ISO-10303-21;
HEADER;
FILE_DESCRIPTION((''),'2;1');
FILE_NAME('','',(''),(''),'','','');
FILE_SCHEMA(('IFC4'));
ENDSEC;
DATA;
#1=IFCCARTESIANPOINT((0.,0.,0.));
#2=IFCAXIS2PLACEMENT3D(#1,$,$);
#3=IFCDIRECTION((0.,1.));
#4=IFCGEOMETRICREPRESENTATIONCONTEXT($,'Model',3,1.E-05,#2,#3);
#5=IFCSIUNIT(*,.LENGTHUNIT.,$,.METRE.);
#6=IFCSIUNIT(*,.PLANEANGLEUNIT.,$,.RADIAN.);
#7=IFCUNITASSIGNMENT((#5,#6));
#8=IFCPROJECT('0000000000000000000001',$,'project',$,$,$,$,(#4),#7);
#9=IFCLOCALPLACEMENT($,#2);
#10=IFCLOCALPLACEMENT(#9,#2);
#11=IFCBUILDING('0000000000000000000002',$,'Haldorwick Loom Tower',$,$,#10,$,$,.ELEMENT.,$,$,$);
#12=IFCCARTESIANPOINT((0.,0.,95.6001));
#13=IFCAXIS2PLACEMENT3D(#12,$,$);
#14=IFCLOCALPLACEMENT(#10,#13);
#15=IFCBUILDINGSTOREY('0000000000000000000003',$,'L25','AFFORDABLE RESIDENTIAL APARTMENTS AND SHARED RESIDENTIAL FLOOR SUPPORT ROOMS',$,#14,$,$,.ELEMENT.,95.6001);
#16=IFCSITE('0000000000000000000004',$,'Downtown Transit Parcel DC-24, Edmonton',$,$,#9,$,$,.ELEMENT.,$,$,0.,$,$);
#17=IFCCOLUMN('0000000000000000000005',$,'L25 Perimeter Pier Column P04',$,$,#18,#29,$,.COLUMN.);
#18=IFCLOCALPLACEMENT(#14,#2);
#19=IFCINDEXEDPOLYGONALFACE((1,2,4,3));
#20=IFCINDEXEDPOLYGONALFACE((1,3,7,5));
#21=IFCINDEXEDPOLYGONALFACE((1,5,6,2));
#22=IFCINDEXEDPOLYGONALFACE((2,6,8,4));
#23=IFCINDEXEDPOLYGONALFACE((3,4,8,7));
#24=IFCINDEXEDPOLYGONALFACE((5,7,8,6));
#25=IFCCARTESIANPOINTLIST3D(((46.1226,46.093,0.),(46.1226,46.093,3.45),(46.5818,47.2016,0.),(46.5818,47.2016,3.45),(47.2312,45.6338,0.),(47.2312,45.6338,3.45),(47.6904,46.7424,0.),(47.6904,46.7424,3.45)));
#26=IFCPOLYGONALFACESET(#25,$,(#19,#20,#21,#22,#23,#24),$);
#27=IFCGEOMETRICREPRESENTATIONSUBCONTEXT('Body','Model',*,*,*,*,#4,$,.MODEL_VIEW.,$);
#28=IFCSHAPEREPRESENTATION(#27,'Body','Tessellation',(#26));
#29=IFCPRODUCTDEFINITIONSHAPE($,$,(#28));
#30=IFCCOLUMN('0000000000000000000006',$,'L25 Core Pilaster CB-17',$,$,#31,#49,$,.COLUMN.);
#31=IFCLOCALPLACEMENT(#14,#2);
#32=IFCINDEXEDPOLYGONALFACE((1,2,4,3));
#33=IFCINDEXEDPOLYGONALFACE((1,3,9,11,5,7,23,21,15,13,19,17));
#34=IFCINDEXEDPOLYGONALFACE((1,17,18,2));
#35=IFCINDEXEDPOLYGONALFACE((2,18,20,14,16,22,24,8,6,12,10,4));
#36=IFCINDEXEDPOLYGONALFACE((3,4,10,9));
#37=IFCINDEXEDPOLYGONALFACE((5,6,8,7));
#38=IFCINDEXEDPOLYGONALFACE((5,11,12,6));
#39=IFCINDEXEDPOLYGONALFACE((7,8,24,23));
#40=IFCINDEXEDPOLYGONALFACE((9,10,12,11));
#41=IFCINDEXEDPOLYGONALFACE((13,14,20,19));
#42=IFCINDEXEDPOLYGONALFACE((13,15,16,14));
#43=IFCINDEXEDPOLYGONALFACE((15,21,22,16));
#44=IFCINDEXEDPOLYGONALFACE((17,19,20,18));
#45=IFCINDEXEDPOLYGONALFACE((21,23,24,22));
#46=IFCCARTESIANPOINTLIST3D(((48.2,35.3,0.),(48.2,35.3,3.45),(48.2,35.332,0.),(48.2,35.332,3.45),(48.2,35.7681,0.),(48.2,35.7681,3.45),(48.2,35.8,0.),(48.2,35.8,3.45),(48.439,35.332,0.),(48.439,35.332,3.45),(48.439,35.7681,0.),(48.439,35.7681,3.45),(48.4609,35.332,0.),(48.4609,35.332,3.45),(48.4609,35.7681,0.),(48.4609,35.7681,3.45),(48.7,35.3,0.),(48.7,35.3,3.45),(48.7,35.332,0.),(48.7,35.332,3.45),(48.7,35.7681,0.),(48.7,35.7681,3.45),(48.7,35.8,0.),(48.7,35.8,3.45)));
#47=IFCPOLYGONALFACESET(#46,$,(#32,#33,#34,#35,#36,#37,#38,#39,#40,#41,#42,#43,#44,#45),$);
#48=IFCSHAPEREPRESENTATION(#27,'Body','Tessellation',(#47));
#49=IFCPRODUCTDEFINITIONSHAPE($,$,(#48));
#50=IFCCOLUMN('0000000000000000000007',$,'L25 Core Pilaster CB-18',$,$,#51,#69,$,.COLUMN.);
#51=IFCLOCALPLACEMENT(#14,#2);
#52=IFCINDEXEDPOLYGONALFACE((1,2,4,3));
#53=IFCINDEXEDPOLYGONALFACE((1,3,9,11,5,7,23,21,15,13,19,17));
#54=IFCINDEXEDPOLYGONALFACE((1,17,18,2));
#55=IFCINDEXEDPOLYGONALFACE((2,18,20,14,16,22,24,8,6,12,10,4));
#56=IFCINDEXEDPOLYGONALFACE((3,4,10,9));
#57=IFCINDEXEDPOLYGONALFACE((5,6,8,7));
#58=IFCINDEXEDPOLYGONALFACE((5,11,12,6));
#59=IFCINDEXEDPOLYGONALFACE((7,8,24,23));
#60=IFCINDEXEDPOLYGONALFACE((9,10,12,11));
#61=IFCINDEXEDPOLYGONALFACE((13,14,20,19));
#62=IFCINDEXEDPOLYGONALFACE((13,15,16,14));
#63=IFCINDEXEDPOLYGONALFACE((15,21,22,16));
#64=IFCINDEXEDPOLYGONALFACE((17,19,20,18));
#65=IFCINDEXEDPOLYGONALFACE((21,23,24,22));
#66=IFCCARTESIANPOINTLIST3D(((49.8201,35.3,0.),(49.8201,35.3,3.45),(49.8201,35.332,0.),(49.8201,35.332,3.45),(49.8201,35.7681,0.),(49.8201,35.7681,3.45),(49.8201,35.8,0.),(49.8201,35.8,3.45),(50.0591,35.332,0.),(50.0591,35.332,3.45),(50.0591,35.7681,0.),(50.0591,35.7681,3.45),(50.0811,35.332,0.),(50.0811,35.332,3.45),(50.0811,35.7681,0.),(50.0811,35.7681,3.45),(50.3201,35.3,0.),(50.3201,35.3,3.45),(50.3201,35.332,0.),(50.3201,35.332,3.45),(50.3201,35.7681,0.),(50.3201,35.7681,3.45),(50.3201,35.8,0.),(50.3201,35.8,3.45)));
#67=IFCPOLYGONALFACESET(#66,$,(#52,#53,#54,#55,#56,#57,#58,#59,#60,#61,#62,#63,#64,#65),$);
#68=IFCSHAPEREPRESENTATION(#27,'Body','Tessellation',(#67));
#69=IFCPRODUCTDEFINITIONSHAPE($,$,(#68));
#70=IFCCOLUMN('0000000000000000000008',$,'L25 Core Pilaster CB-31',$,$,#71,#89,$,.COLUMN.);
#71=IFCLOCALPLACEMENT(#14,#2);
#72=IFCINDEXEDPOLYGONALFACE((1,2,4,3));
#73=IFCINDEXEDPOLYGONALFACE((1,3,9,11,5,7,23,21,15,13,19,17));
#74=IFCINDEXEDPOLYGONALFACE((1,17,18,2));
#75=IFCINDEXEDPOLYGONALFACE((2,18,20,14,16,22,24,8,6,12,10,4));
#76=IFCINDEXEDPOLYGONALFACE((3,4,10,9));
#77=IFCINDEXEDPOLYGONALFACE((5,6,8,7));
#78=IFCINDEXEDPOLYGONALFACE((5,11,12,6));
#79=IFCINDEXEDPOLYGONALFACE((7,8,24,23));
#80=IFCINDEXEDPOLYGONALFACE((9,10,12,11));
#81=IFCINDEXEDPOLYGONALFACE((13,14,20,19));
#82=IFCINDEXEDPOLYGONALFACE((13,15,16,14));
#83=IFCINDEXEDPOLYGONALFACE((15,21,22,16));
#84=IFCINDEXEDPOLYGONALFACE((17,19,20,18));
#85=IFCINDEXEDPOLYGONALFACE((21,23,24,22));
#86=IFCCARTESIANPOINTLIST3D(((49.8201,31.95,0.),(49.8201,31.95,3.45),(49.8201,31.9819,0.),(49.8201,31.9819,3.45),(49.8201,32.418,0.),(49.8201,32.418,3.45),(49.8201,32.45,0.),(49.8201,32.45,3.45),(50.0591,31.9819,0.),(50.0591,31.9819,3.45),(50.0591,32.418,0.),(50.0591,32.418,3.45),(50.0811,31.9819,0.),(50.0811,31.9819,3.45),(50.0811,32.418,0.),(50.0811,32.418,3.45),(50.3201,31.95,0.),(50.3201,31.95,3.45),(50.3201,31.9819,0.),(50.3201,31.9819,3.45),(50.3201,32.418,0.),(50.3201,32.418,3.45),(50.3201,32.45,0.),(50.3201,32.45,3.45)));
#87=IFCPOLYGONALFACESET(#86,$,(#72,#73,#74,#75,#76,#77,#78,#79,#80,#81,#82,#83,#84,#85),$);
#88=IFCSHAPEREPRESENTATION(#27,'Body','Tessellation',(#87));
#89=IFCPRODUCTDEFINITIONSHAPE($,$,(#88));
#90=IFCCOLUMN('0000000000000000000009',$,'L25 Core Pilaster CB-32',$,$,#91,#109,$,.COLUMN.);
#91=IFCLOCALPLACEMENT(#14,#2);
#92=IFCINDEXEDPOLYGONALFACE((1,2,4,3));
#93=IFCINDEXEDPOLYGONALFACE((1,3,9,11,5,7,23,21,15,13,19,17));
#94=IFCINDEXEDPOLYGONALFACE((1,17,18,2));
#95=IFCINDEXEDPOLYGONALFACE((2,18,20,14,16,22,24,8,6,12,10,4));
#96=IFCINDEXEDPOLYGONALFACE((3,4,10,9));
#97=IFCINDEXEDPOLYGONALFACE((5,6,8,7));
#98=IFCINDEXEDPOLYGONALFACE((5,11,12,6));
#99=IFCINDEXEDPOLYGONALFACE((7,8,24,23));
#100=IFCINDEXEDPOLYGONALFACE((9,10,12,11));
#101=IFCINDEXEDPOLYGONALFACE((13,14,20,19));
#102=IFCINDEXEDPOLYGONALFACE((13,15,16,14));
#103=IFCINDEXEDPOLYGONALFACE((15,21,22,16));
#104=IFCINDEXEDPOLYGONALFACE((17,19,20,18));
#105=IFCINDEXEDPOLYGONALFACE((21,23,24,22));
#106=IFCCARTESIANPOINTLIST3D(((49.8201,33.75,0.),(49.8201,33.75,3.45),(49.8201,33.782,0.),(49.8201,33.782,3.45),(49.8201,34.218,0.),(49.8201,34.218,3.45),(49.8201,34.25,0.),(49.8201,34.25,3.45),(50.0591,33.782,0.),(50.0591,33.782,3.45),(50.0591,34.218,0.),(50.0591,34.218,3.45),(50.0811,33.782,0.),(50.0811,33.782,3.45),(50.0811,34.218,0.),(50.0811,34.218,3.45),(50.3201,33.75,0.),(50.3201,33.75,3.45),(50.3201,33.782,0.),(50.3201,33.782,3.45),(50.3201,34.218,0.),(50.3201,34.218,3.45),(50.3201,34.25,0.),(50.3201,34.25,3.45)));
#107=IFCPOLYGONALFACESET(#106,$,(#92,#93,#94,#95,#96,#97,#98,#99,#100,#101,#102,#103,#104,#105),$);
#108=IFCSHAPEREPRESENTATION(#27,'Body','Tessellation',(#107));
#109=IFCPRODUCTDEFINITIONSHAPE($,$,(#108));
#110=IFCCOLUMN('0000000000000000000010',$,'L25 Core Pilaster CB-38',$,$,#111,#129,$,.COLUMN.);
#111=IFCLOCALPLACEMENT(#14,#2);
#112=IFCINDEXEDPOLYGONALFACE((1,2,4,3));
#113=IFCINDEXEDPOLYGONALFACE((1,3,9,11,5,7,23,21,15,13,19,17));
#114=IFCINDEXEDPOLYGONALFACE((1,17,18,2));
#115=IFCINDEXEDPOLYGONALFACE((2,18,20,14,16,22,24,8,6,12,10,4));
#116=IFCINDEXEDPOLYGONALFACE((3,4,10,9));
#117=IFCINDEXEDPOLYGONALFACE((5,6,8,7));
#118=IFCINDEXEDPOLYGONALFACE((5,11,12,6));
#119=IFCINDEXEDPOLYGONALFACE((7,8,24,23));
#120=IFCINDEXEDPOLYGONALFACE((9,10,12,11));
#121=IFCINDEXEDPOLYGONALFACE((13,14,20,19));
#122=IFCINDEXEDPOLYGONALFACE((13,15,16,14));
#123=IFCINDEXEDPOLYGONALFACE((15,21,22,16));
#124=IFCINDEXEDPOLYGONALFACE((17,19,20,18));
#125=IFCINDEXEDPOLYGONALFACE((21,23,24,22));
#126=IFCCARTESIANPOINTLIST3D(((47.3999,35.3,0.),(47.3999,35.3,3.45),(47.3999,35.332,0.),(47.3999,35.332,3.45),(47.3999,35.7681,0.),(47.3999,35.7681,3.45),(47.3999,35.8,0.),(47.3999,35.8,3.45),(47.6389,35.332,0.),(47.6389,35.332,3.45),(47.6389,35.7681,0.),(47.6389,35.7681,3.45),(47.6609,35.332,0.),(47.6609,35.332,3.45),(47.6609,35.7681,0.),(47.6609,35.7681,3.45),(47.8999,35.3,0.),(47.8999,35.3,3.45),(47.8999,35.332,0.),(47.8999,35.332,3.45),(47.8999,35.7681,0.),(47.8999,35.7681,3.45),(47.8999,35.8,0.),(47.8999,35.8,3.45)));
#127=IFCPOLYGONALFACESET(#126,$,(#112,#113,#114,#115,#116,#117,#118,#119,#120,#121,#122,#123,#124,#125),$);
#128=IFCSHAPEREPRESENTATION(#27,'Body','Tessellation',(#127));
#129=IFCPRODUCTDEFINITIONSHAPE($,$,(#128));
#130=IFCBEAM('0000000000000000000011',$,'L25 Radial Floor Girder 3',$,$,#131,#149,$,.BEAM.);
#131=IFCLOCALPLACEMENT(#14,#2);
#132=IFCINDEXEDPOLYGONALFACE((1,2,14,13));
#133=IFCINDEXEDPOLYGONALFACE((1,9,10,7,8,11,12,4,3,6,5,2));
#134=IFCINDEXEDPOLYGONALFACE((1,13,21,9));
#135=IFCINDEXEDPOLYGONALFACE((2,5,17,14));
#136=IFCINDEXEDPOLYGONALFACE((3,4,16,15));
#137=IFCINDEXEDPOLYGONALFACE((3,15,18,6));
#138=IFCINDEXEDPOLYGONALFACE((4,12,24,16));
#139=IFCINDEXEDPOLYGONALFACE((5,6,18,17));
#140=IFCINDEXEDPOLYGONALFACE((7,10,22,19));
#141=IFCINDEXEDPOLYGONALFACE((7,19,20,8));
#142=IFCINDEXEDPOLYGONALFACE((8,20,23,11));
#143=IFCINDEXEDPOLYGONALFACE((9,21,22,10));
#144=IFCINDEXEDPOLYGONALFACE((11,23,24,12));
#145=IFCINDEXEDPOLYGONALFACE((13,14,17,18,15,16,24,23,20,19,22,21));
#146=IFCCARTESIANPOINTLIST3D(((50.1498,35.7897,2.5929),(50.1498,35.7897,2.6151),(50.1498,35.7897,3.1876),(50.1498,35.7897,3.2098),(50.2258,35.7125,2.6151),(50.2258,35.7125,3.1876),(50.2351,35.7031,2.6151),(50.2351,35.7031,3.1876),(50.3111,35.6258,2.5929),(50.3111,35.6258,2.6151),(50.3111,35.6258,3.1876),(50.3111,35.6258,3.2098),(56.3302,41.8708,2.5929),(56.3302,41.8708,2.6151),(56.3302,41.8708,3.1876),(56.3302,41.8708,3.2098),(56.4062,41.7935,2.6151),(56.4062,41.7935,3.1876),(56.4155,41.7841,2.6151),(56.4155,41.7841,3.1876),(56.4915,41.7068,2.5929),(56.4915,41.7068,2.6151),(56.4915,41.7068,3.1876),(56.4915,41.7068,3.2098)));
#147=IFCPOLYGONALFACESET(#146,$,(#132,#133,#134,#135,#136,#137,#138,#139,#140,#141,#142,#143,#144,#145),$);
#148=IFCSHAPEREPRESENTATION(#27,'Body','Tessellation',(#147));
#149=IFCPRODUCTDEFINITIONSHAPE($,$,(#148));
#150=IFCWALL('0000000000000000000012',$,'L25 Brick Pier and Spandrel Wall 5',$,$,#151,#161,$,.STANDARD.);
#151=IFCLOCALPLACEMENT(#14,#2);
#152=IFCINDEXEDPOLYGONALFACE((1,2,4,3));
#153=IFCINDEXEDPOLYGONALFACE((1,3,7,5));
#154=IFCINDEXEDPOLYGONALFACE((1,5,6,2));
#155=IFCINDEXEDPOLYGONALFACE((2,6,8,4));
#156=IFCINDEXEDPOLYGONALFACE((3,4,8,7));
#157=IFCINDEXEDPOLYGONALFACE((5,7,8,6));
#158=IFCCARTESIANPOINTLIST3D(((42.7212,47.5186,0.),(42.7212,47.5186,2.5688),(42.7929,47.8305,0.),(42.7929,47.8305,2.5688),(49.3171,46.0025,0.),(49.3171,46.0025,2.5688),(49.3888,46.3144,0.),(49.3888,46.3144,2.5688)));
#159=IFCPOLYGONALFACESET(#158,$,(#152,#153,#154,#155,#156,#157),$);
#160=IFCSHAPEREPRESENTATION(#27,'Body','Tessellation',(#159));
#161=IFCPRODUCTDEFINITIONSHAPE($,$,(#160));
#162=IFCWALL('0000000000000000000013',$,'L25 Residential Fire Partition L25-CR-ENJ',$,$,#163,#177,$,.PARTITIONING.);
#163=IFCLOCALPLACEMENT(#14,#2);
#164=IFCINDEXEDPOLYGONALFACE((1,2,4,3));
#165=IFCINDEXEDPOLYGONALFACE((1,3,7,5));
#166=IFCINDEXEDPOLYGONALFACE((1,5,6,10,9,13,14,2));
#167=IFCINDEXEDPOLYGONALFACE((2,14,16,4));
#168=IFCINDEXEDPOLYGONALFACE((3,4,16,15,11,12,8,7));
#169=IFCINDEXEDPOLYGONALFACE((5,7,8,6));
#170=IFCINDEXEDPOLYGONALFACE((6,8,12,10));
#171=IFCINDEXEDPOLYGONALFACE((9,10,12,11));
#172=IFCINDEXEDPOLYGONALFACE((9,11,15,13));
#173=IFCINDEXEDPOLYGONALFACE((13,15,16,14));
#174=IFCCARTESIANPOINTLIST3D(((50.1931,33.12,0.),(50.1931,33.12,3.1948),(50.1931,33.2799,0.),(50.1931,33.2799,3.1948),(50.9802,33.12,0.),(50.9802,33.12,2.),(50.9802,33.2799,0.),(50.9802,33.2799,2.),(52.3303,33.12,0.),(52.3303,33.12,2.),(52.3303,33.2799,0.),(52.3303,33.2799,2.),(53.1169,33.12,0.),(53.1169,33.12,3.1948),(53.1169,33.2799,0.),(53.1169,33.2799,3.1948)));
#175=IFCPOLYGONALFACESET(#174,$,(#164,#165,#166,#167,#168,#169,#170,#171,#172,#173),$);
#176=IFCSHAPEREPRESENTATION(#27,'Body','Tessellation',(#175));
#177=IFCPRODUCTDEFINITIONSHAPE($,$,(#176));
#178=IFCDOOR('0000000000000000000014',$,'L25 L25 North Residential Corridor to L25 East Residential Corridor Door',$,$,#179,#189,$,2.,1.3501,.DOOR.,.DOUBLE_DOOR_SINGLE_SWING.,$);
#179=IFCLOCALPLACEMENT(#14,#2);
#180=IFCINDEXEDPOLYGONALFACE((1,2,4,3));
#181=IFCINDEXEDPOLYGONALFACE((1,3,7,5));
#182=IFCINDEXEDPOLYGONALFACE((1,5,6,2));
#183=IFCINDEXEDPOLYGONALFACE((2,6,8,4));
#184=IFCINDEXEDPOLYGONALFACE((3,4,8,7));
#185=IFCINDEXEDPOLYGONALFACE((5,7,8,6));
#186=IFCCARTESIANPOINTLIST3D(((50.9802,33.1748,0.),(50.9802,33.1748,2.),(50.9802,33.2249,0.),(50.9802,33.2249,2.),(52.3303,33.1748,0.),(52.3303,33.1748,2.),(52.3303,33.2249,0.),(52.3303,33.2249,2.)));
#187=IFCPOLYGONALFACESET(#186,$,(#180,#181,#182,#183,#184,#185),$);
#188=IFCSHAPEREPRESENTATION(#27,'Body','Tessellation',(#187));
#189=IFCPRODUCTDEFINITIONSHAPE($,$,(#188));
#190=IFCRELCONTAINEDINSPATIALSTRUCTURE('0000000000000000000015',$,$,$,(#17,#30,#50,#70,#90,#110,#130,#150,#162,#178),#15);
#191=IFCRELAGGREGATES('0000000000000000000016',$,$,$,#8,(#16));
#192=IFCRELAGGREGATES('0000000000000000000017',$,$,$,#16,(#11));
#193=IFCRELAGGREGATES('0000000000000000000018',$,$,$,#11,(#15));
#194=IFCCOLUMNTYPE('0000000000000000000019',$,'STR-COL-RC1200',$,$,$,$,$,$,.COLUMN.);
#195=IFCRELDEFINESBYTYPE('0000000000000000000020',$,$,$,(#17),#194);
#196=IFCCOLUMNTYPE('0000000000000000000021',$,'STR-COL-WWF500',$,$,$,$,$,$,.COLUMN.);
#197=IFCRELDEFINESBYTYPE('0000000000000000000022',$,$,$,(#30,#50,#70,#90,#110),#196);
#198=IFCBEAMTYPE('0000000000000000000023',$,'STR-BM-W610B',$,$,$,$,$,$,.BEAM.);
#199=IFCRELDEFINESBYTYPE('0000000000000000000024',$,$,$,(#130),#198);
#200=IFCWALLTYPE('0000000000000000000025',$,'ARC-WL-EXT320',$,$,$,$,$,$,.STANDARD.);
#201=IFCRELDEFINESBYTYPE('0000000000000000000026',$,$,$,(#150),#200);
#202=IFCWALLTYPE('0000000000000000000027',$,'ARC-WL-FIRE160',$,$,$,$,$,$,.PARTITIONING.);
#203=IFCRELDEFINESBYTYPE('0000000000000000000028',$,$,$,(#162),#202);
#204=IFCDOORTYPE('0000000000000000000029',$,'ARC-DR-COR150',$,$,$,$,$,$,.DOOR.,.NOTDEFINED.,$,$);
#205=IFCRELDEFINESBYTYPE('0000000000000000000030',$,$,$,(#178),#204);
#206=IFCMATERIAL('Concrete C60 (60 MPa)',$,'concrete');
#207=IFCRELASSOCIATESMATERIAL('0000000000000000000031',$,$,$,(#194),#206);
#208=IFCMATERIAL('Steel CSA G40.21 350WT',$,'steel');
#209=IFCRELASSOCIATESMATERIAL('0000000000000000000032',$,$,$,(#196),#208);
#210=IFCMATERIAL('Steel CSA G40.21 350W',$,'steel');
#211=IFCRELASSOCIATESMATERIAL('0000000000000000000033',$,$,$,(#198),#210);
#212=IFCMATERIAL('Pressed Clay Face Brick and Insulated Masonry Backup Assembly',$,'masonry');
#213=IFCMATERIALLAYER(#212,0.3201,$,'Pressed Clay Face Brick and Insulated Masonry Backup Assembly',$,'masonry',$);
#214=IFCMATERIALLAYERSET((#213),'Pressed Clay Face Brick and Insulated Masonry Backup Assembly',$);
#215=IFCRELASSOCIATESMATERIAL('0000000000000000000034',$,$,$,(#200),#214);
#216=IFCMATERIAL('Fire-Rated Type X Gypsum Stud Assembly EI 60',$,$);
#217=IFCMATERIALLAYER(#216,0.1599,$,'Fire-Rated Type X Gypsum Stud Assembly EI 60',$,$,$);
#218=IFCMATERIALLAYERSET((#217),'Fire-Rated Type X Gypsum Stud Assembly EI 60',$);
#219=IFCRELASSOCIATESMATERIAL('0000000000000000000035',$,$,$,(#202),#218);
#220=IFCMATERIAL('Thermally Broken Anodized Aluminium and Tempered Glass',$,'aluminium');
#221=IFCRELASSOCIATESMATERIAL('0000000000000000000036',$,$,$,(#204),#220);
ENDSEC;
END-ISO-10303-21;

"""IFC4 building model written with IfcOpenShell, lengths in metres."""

from ifc_helpers import new_model, si_unit, direction, frame, frame_2d, origin, origin_2d, place, context, subcontext, project, spatial, rectangle, i_section, extrude, material, layer, layer_set, material_profile, profile_set, type_object, element, fill, save


model = new_model("IFC4")

# Units and contexts
model_context = context("Model", 3, precision=1e-05, world=origin(), true_north=direction((0.0, 1.0)))
body_context = subcontext(model_context, "Body", "Model", "MODEL_VIEW")
ifc_project = project(units=[si_unit("LENGTHUNIT", "METRE"), si_unit("PLANEANGLEUNIT", "RADIAN")], contexts=[model_context])

# Site, building, storey
site_placement = place(None, origin())
site = spatial("IfcSite", under=ifc_project, at=site_placement, Name="Downtown Transit Parcel DC-24, Edmonton", CompositionType="ELEMENT", RefElevation=0.0)
building_placement = place(site_placement, origin())
building = spatial("IfcBuilding", under=site, at=building_placement, Name="Haldorwick Loom Tower", CompositionType="ELEMENT")
storey_placement = place(building_placement, frame((0.0, 0.0, 95.6001)))
storey = spatial("IfcBuildingStorey", under=building, at=storey_placement, Name="L25", Description="AFFORDABLE RESIDENTIAL APARTMENTS AND SHARED RESIDENTIAL FLOOR SUPPORT ROOMS", CompositionType="ELEMENT", Elevation=95.6001)

# Columns
ifc_material_1 = material(Name="Concrete C60 (60 MPa)", Category="concrete")
ifc_material_profile_1 = material_profile(ifc_material_1, rectangle(XDim=1.2, YDim=1.2, at=origin_2d()), Name="RC1200X1200", Category="concrete")
ifc_profile_set_1 = profile_set([ifc_material_profile_1], Name="Concrete C60 (60 MPa)")
column_type_1 = type_object("IfcColumnType", Name="STR-COL-RC1200", PredefinedType="COLUMN", material=ifc_profile_set_1)
column_placement = place(storey_placement, frame((46.9065, 46.4177, 0.0), z_axis=(0.0, 0.0, 1.0), x_axis=(0.382683, 0.92388, 0.0)))
element("IfcColumn", 1, at=column_placement, inside=storey, type_object=column_type_1, Name="L25 Perimeter Pier Column P04", PredefinedType="COLUMN", context=body_context, shape_type="SweptSolid", body=[
    extrude(rectangle(XDim=1.2, YDim=1.2, at=origin_2d()), origin(), (0.0, 0.0, 1.0), 3.45),
])
ifc_material_2 = material(Name="Steel CSA G40.21 350WT", Category="steel")
ifc_material_profile_2 = material_profile(ifc_material_2, i_section(OverallWidth=0.5, OverallDepth=0.5, WebThickness=0.022, FlangeThickness=0.032, at=origin_2d()), Name="WWF500X500", Category="steel")
ifc_profile_set_2 = profile_set([ifc_material_profile_2], Name="Steel CSA G40.21 350WT")
column_type_2 = type_object("IfcColumnType", Name="STR-COL-WWF500", PredefinedType="COLUMN", material=ifc_profile_set_2)
for number, where, z_axis, x_axis, name in (
    (2, (48.45, 35.55, 0.0), (0.0, 0.0, 1.0), (1.0, 0.0, 0.0), "L25 Core Pilaster CB-17"),
    (3, (50.0701, 35.55, 0.0), (0.0, 0.0, 1.0), (1.0, 0.0, 0.0), "L25 Core Pilaster CB-18"),
    (4, (50.0701, 32.2, 0.0), (0.0, 0.0, 1.0), (1.0, 0.0, 0.0), "L25 Core Pilaster CB-31"),
    (5, (50.0701, 34.0, 0.0), (0.0, 0.0, 1.0), (1.0, 0.0, 0.0), "L25 Core Pilaster CB-32"),
    (6, (47.6499, 35.55, 0.0), (0.0, 0.0, 1.0), (1.0, 0.0, 0.0), "L25 Core Pilaster CB-38"),
):
    element("IfcColumn", number, at=place(storey_placement, frame(where, z_axis=z_axis, x_axis=x_axis)), inside=storey, type_object=column_type_2, Name=name, PredefinedType="COLUMN", context=body_context, shape_type="SweptSolid", body=[
        extrude(i_section(OverallWidth=0.5, OverallDepth=0.5, WebThickness=0.022, FlangeThickness=0.032, at=origin_2d()), origin(), (0.0, 0.0, 1.0), 3.45),
    ])

# Beam
ifc_material_3 = material(Name="Steel CSA G40.21 350W", Category="steel")
ifc_material_profile_3 = material_profile(ifc_material_3, i_section(OverallWidth=0.23, OverallDepth=0.6169, WebThickness=0.0132, FlangeThickness=0.0222, at=origin_2d()), Name="W610X140", Category="steel")
ifc_profile_set_3 = profile_set([ifc_material_profile_3], Name="Steel CSA G40.21 350W")
beam_type = type_object("IfcBeamType", Name="STR-BM-W610B", PredefinedType="BEAM", material=ifc_profile_set_3)
beam_placement = place(storey_placement, frame((50.2305, 35.7078, 2.9014), z_axis=(0.712814, 0.701353, 0.0), x_axis=(-0.701353, 0.712814, 0.0)))
element("IfcBeam", 7, at=beam_placement, inside=storey, type_object=beam_type, Name="L25 Radial Floor Girder 3", PredefinedType="BEAM", context=body_context, shape_type="SweptSolid", body=[
    extrude(i_section(OverallWidth=0.23, OverallDepth=0.6169, WebThickness=0.0132, FlangeThickness=0.0222, at=origin_2d()), origin(), (0.0, 0.0, 1.0), 8.6704),
])

# Wall
ifc_material_4 = material(Name="Pressed Clay Face Brick and Insulated Masonry Backup Assembly", Category="masonry")
ifc_layer_1 = layer(ifc_material_4, 0.3201, Name="Pressed Clay Face Brick and Insulated Masonry Backup Assembly", Category="masonry")
ifc_layer_set_1 = layer_set([ifc_layer_1], Name="Pressed Clay Face Brick and Insulated Masonry Backup Assembly")
wall_type_1 = type_object("IfcWallType", Name="ARC-WL-EXT320", PredefinedType="STANDARD", material=ifc_layer_set_1)
wall_1_placement = place(storey_placement, frame((49.3528, 46.1584, 0.0), z_axis=(0.0, 0.0, 1.0), x_axis=(-0.974584, 0.224022, 0.0)))
element("IfcWall", 8, at=wall_1_placement, inside=storey, type_object=wall_type_1, Name="L25 Brick Pier and Spandrel Wall 5", PredefinedType="STANDARD", context=body_context, shape_type="SweptSolid", body=[
    extrude(rectangle(XDim=6.7678, YDim=0.3201, at=frame_2d((3.3838, 0.0))), origin(), (0.0, 0.0, 1.0), 2.5688),
])

# Wall, opening, door
ifc_material_5 = material(Name="Fire-Rated Type X Gypsum Stud Assembly EI 60")
ifc_layer_2 = layer(ifc_material_5, 0.1599, Name="Fire-Rated Type X Gypsum Stud Assembly EI 60")
ifc_layer_set_2 = layer_set([ifc_layer_2], Name="Fire-Rated Type X Gypsum Stud Assembly EI 60")
wall_type_2 = type_object("IfcWallType", Name="ARC-WL-FIRE160", PredefinedType="PARTITIONING", material=ifc_layer_set_2)
wall_2_placement = place(storey_placement, frame((50.1931, 33.2, 0.0), z_axis=(0.0, 0.0, 1.0), x_axis=(1.0, 0.0, 0.0)))
wall_2 = element("IfcWall", 9, at=wall_2_placement, inside=storey, type_object=wall_type_2, Name="L25 Residential Fire Partition L25-CR-ENJ", PredefinedType="PARTITIONING", context=body_context, shape_type="SweptSolid", body=[
    extrude(rectangle(XDim=2.9238, YDim=0.1599, at=frame_2d((1.4619, 0.0))), origin(), (0.0, 0.0, 1.0), 3.1948),
])
opening_1_placement = place(wall_2_placement, frame((0.7871, 0.0, 0.0)))
opening_1 = element("IfcOpeningElement", 10, at=opening_1_placement, cuts=wall_2, PredefinedType="OPENING", context=body_context, shape_type="SweptSolid", body=[
    extrude(rectangle(XDim=1.3501, YDim=2.0, at=frame_2d((0.675, 1.0))), frame((0.0, 0.0898, 0.0), z_axis=(0.0, -1.0, 0.0), x_axis=(1.0, 0.0, 0.0)), (0.0, 0.0, 1.0), 0.1799),
])
ifc_material_6 = material(Name="Thermally Broken Anodized Aluminium and Tempered Glass", Category="aluminium")
door_type_1 = type_object("IfcDoorType", Name="ARC-DR-COR150", OperationType="NOTDEFINED", PredefinedType="DOOR", material=ifc_material_6)
door_1_placement = place(opening_1_placement, origin())
door_1 = element("IfcDoor", 11, at=door_1_placement, inside=storey, type_object=door_type_1, Name="L25 L25 North Residential Corridor to L25 East Residential Corridor Door", OperationType="DOUBLE_DOOR_SINGLE_SWING", OverallHeight=2.0, OverallWidth=1.3501, PredefinedType="DOOR", context=body_context, shape_type="SweptSolid", body=[
    extrude(rectangle(XDim=1.3501, YDim=2.0, at=frame_2d((0.675, 1.0))), frame((0.0, 0.0249, 0.0), z_axis=(0.0, -1.0, 0.0), x_axis=(1.0, 0.0, 0.0)), (0.0, 0.0, 1.0), 0.05),
])
fill(opening_1, door_1)

save(model, "model.ifc")
